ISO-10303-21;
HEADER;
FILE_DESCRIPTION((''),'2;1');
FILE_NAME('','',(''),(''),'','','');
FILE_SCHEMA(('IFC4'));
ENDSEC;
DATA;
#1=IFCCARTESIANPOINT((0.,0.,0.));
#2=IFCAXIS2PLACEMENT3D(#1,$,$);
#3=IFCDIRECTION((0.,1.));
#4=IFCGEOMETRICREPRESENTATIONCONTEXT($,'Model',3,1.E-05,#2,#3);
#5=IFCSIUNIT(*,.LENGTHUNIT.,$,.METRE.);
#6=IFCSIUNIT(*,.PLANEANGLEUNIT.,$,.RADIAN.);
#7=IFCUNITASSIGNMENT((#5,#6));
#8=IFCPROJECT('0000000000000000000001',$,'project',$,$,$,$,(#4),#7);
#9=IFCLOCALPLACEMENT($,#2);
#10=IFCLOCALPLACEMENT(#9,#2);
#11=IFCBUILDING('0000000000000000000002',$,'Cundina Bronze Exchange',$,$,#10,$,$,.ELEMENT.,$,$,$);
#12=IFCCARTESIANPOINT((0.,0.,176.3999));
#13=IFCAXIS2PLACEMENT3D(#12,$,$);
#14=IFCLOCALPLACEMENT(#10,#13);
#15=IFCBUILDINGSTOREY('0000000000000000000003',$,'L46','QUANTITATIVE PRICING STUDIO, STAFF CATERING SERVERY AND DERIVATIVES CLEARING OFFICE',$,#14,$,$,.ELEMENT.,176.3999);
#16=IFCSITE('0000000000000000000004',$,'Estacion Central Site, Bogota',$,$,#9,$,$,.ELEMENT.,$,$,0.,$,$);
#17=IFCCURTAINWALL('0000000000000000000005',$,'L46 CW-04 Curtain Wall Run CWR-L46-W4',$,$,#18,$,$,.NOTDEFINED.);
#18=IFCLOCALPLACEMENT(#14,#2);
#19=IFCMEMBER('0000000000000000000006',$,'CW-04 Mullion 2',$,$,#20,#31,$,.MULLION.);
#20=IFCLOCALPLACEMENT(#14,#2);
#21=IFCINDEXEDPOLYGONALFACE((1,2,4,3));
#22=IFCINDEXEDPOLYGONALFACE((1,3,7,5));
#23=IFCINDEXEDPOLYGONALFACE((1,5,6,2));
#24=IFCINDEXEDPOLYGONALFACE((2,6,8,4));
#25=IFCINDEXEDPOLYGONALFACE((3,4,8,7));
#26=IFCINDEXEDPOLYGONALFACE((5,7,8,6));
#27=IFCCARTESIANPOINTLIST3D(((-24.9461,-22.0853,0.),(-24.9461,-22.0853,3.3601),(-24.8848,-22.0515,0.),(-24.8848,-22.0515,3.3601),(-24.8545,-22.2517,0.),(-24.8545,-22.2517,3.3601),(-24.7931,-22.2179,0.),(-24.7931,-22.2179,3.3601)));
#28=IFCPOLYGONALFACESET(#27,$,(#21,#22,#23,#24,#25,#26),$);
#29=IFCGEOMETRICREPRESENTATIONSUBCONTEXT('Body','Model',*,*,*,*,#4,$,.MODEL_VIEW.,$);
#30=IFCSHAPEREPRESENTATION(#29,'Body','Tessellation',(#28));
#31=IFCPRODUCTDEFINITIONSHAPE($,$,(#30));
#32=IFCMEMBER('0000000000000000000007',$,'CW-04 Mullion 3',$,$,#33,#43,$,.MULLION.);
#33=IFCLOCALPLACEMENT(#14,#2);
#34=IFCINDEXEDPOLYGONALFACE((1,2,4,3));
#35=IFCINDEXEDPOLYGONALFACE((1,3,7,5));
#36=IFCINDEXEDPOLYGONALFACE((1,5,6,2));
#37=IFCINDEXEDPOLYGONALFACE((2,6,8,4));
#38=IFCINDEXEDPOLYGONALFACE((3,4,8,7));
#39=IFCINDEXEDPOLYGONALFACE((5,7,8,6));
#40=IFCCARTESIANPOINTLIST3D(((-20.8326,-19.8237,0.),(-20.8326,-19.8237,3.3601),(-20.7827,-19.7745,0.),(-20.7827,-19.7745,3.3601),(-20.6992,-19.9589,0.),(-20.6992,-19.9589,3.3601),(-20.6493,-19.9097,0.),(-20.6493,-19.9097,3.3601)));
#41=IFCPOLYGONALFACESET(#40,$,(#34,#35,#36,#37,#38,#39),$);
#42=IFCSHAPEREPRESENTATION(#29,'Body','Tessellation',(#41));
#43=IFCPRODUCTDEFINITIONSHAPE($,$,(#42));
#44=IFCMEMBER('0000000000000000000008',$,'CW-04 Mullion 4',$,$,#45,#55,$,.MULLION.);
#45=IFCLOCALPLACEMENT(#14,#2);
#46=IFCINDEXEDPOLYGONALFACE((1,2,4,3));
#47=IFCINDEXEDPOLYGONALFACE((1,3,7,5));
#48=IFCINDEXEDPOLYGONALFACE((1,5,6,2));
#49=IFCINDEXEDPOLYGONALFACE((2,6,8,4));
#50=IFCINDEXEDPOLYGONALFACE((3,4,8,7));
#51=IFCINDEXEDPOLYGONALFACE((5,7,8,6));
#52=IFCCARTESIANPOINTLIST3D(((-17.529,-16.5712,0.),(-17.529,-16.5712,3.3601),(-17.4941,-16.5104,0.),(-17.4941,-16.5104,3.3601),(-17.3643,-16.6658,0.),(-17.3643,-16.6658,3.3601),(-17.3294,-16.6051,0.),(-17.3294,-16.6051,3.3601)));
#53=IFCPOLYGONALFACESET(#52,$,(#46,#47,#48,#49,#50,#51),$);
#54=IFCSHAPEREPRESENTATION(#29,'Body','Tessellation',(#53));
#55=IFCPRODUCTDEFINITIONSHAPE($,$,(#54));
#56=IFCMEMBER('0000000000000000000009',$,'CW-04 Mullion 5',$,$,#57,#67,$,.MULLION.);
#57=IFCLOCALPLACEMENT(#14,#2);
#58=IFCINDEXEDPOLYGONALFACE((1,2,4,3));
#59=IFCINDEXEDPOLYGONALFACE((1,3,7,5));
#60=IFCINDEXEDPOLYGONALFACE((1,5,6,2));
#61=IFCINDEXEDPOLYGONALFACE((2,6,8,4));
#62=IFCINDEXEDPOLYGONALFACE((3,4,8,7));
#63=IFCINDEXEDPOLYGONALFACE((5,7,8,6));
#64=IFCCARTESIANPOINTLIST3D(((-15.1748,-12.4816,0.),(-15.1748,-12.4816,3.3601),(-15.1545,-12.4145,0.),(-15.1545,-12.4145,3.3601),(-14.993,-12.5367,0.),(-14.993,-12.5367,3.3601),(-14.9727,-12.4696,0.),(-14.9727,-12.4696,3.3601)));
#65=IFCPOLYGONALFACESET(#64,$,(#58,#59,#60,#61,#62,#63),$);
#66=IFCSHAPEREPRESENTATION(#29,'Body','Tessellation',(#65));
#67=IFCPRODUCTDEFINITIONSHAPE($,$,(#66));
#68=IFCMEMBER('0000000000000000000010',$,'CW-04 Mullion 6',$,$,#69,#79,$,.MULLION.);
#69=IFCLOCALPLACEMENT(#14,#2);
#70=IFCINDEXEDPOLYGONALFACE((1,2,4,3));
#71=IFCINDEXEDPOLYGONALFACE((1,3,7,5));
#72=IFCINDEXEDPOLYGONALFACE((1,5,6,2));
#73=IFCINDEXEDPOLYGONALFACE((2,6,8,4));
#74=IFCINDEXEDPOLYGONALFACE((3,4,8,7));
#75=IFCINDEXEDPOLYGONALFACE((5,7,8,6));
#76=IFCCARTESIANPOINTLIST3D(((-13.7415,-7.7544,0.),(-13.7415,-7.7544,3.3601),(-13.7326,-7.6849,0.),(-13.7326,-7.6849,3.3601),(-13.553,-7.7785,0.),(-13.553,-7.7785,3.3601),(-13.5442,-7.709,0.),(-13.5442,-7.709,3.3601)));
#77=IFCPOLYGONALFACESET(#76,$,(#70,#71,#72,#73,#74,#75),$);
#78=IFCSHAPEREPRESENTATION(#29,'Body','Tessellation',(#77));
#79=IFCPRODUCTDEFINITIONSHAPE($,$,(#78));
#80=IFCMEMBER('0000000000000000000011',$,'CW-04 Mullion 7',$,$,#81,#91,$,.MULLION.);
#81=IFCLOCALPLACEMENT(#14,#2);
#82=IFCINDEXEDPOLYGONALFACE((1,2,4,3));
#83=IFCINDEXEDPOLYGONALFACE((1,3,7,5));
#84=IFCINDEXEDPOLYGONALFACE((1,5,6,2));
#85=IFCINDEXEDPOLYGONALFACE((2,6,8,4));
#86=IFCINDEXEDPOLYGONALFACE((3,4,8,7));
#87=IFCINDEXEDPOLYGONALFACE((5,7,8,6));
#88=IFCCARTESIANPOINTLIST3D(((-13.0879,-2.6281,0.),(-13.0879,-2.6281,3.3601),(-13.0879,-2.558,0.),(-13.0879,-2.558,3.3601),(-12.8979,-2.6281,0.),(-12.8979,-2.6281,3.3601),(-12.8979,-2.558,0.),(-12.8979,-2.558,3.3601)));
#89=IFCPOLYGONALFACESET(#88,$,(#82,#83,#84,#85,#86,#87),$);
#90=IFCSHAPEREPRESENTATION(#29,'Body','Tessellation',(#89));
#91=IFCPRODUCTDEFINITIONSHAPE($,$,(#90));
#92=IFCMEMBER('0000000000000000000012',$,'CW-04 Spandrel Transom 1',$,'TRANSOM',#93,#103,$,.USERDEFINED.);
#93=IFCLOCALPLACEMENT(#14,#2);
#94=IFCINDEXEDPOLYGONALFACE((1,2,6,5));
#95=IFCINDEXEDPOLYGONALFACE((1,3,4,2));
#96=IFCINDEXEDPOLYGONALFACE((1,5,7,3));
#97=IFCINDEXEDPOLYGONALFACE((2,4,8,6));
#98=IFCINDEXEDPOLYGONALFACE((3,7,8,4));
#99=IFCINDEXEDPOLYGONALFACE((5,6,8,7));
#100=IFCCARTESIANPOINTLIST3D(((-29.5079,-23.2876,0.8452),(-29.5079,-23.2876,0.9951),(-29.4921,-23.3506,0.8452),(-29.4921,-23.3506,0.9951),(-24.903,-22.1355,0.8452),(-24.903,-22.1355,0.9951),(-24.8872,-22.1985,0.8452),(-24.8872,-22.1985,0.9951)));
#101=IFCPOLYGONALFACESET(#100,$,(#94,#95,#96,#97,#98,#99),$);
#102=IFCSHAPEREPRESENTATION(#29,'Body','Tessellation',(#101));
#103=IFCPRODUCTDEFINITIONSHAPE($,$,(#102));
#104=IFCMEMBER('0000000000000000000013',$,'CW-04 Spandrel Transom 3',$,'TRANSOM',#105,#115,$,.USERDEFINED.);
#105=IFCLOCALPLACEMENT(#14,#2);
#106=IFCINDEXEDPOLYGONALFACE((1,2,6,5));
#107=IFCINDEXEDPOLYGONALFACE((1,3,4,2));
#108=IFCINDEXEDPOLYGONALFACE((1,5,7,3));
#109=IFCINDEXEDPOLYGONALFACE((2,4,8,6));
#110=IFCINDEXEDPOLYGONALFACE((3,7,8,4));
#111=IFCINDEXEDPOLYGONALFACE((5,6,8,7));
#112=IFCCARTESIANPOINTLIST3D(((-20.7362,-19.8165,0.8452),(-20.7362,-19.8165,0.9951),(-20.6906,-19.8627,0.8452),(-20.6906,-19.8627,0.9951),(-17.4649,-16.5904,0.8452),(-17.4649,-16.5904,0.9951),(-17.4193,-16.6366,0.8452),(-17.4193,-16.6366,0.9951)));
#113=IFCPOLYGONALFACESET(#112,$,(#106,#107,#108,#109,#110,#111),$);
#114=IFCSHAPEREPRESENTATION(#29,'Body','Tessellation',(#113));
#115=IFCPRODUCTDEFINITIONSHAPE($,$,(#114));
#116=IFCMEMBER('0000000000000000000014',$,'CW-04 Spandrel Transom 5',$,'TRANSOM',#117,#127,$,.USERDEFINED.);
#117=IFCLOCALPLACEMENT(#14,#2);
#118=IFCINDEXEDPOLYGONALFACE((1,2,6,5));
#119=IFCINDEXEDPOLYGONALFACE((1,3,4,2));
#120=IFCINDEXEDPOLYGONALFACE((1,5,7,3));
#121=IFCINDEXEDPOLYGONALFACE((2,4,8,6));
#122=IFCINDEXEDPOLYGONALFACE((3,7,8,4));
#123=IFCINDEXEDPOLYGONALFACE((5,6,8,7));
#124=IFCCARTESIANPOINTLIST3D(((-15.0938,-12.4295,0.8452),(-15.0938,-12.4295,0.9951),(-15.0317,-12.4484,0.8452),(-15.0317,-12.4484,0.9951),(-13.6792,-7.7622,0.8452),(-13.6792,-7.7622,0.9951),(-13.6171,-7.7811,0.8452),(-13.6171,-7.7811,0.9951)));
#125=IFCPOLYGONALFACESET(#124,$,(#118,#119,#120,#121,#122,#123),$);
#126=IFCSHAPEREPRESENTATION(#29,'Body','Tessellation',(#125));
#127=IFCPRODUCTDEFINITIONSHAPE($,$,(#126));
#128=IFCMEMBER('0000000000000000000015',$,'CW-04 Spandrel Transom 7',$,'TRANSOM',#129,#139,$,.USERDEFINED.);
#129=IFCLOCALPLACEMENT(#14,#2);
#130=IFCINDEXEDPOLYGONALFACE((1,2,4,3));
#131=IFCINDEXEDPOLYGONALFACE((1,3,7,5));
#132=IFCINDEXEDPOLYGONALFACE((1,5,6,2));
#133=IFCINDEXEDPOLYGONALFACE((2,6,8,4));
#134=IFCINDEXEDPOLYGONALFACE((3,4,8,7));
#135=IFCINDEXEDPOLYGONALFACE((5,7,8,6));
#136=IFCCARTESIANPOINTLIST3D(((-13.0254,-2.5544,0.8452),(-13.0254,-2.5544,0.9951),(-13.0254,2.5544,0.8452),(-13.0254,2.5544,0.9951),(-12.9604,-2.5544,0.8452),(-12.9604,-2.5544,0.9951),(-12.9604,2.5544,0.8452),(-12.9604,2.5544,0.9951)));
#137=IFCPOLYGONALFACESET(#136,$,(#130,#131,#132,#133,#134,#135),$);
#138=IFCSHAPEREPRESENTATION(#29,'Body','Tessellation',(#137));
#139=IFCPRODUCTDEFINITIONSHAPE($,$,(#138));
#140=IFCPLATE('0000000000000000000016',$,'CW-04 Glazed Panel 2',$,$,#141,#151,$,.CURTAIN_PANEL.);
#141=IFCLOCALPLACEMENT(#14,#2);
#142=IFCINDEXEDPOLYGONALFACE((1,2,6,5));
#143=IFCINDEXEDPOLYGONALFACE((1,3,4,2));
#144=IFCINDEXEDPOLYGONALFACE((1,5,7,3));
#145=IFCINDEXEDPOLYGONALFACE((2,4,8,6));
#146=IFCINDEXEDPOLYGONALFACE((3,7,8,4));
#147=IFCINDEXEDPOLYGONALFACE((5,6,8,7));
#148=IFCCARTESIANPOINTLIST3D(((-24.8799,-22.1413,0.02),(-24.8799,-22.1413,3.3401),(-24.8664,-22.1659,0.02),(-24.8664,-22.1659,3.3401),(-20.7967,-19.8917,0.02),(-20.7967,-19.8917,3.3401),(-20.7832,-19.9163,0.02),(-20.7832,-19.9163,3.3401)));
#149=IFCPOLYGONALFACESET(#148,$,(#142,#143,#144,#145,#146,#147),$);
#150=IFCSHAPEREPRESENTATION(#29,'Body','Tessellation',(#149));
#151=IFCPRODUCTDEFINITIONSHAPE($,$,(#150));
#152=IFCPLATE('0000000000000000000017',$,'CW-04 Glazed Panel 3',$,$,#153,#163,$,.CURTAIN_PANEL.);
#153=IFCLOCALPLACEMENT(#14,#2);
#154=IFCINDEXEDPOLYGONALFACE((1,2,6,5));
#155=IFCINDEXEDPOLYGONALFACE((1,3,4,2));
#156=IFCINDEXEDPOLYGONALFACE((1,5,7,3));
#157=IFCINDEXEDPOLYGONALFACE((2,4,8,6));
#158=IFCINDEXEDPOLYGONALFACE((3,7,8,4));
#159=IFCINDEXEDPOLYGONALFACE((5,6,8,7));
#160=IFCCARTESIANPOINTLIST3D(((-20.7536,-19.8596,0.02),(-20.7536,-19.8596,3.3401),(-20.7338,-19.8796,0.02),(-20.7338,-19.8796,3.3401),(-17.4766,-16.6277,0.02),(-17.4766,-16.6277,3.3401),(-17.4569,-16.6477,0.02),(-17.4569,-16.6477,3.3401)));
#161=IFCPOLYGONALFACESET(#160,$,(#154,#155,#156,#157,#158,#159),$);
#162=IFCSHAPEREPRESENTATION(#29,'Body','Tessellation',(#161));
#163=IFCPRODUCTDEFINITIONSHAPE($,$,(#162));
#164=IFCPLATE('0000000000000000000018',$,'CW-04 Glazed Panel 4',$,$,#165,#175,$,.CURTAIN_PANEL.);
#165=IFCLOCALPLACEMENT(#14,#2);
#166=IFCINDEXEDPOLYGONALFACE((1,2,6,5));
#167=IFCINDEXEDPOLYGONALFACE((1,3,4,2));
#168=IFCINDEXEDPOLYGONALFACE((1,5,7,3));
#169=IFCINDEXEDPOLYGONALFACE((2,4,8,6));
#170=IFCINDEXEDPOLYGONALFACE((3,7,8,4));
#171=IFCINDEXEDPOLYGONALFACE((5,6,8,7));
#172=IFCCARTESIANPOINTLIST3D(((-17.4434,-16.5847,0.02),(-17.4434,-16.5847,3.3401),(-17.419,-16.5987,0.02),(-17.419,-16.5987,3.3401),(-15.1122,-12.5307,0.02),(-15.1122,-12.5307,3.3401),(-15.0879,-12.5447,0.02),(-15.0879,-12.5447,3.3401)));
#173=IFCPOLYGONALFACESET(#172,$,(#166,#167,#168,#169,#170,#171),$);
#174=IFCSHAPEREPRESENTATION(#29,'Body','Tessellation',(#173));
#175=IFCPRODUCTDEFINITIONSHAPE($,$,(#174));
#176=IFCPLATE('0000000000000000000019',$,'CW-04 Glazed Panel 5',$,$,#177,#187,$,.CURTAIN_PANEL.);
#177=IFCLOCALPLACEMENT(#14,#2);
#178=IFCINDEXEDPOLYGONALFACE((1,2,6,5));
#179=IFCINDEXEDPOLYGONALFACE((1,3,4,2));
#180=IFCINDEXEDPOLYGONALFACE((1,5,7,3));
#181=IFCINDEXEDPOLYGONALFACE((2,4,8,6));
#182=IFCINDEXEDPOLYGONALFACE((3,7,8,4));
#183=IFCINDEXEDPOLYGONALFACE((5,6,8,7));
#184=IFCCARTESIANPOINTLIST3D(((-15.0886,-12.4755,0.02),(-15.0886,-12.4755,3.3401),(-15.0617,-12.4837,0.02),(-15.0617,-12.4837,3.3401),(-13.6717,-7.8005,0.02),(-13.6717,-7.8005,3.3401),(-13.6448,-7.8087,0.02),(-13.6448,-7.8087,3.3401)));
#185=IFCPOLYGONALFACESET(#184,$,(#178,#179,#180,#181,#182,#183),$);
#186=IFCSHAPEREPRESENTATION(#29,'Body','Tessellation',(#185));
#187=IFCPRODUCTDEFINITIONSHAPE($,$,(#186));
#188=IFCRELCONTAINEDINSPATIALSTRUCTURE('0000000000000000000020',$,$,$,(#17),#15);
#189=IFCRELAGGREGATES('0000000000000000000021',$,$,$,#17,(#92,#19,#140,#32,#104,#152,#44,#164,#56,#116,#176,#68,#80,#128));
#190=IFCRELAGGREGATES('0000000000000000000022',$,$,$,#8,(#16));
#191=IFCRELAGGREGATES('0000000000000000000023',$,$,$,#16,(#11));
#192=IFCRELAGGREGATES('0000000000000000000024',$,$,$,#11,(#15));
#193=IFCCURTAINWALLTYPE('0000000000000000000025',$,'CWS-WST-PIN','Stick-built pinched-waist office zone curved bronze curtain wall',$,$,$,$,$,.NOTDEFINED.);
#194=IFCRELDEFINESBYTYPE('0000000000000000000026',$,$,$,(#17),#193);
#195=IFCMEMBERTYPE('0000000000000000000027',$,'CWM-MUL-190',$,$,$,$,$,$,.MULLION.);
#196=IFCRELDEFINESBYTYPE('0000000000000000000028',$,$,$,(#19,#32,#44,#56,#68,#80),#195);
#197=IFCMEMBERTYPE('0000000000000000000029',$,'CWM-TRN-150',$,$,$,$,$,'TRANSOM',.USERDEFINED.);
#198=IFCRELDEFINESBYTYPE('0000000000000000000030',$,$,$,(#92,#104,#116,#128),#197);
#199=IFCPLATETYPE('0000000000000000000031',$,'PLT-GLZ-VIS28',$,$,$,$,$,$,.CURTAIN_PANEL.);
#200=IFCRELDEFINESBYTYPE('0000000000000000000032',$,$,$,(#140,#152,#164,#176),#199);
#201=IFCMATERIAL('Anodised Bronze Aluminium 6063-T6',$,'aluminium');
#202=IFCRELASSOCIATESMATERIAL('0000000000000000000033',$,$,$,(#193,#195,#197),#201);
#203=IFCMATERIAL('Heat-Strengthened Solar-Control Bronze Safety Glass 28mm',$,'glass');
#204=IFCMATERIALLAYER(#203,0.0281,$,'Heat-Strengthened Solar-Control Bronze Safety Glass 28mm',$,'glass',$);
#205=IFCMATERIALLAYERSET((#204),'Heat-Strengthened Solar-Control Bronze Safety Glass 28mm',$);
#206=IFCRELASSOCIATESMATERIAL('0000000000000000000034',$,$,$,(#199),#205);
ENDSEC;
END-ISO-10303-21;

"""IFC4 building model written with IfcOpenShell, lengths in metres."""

from ifc_helpers import new_model, si_unit, direction, frame, origin, origin_2d, place, context, subcontext, project, spatial, rectangle, extrude, material, layer, layer_set, material_profile, profile_set, type_object, element, aggregate, save


model = new_model("IFC4")

# Units and contexts
model_context = context("Model", 3, precision=1e-05, world=origin(), true_north=direction((0.0, 1.0)))
body_context = subcontext(model_context, "Body", "Model", "MODEL_VIEW")
ifc_project = project(units=[si_unit("LENGTHUNIT", "METRE"), si_unit("PLANEANGLEUNIT", "RADIAN")], contexts=[model_context])

# Site, building, storey
site_placement = place(None, origin())
site = spatial("IfcSite", under=ifc_project, at=site_placement, Name="Estacion Central Site, Bogota", CompositionType="ELEMENT", RefElevation=0.0)
building_placement = place(site_placement, origin())
building = spatial("IfcBuilding", under=site, at=building_placement, Name="Cundina Bronze Exchange", CompositionType="ELEMENT")
storey_placement = place(building_placement, frame((0.0, 0.0, 176.3999)))
storey = spatial("IfcBuildingStorey", under=building, at=storey_placement, Name="L46", Description="QUANTITATIVE PRICING STUDIO, STAFF CATERING SERVERY AND DERIVATIVES CLEARING OFFICE", CompositionType="ELEMENT", Elevation=176.3999)

# Curtain wall, members, plates
ifc_material_1 = material(Name="Anodised Bronze Aluminium 6063-T6", Category="aluminium")
curtain_wall_type = type_object("IfcCurtainWallType", Name="CWS-WST-PIN", Description="Stick-built pinched-waist office zone curved bronze curtain wall", PredefinedType="NOTDEFINED", material=ifc_material_1)
curtain_wall_placement = place(storey_placement, origin())
curtain_wall = element("IfcCurtainWall", 1, at=curtain_wall_placement, inside=storey, type_object=curtain_wall_type, Name="L46 CW-04 Curtain Wall Run CWR-L46-W4", PredefinedType="NOTDEFINED")
ifc_material_profile_1 = material_profile(ifc_material_1, rectangle(XDim=0.0701, YDim=0.1899, at=origin_2d()), Name="AL70X190", Category="aluminium")
ifc_profile_set_1 = profile_set([ifc_material_profile_1], Name="Anodised Bronze Aluminium 6063-T6")
member_type_1 = type_object("IfcMemberType", Name="CWM-MUL-190", PredefinedType="MULLION", material=ifc_profile_set_1)
member_1_placement = place(storey_placement, frame((-24.8696, -22.1516, 0.0), z_axis=(0.0, 0.0, 1.0), x_axis=(0.875886, 0.482518, 0.0)))
member_1 = element("IfcMember", 2, at=member_1_placement, type_object=member_type_1, Name="CW-04 Mullion 2", PredefinedType="MULLION", context=body_context, shape_type="SweptSolid", body=[
    extrude(rectangle(XDim=0.0701, YDim=0.1899, at=origin_2d()), origin(), (0.0, 0.0, 1.0), 3.3601),
])
member_2_placement = place(storey_placement, frame((-20.741, -19.8667, 0.0), z_axis=(0.0, 0.0, 1.0), x_axis=(0.712026, 0.702153, 0.0)))
member_2 = element("IfcMember", 3, at=member_2_placement, type_object=member_type_1, Name="CW-04 Mullion 3", PredefinedType="MULLION", context=body_context, shape_type="SweptSolid", body=[
    extrude(rectangle(XDim=0.0701, YDim=0.1899, at=origin_2d()), origin(), (0.0, 0.0, 1.0), 3.3601),
])
member_3_placement = place(storey_placement, frame((-17.4292, -16.5881, 0.0), z_axis=(0.0, 0.0, 1.0), x_axis=(0.498488, 0.866897, 0.0)))
member_3 = element("IfcMember", 4, at=member_3_placement, type_object=member_type_1, Name="CW-04 Mullion 4", PredefinedType="MULLION", context=body_context, shape_type="SweptSolid", body=[
    extrude(rectangle(XDim=0.0701, YDim=0.1899, at=origin_2d()), origin(), (0.0, 0.0, 1.0), 3.3601),
])
member_4_placement = place(storey_placement, frame((-15.0737, -12.4756, 0.0), z_axis=(0.0, 0.0, 1.0), x_axis=(0.290034, 0.957016, 0.0)))
member_4 = element("IfcMember", 5, at=member_4_placement, type_object=member_type_1, Name="CW-04 Mullion 5", PredefinedType="MULLION", context=body_context, shape_type="SweptSolid", body=[
    extrude(rectangle(XDim=0.0701, YDim=0.1899, at=origin_2d()), origin(), (0.0, 0.0, 1.0), 3.3601),
])
member_5_placement = place(storey_placement, frame((-13.6428, -7.7317, 0.0), z_axis=(0.0, 0.0, 1.0), x_axis=(0.126545, 0.991961, 0.0)))
member_5 = element("IfcMember", 6, at=member_5_placement, type_object=member_type_1, Name="CW-04 Mullion 6", PredefinedType="MULLION", context=body_context, shape_type="SweptSolid", body=[
    extrude(rectangle(XDim=0.0701, YDim=0.1899, at=origin_2d()), origin(), (0.0, 0.0, 1.0), 3.3601),
])
member_6_placement = place(storey_placement, frame((-12.9929, -2.593, 0.0), z_axis=(0.0, 0.0, 1.0), x_axis=(0.0, 1.0, 0.0)))
member_6 = element("IfcMember", 7, at=member_6_placement, type_object=member_type_1, Name="CW-04 Mullion 7", PredefinedType="MULLION", context=body_context, shape_type="SweptSolid", body=[
    extrude(rectangle(XDim=0.0701, YDim=0.1899, at=origin_2d()), origin(), (0.0, 0.0, 1.0), 3.3601),
])
ifc_material_profile_2 = material_profile(ifc_material_1, rectangle(XDim=0.0649, YDim=0.1499, at=origin_2d()), Name="AL65X150", Category="aluminium")
ifc_profile_set_2 = profile_set([ifc_material_profile_2], Name="Anodised Bronze Aluminium 6063-T6")
member_type_2 = type_object("IfcMemberType", Name="CWM-TRN-150", ElementType="TRANSOM", PredefinedType="USERDEFINED", material=ifc_profile_set_2)
member_7_placement = place(storey_placement, frame((-29.5, -23.3191, 0.9202), z_axis=(0.9701, 0.242705, 0.0), x_axis=(-0.242705, 0.9701, 0.0)))
member_7 = element("IfcMember", 8, at=member_7_placement, type_object=member_type_2, Name="CW-04 Spandrel Transom 1", ObjectType="TRANSOM", PredefinedType="USERDEFINED", context=body_context, shape_type="SweptSolid", body=[
    extrude(rectangle(XDim=0.0649, YDim=0.1499, at=origin_2d()), origin(), (0.0, 0.0, 1.0), 4.7468),
])
member_8_placement = place(storey_placement, frame((-20.7134, -19.8396, 0.9202), z_axis=(0.712005, 0.702174, 0.0), x_axis=(-0.702174, 0.712005, 0.0)))
member_8 = element("IfcMember", 9, at=member_8_placement, type_object=member_type_2, Name="CW-04 Spandrel Transom 3", ObjectType="TRANSOM", PredefinedType="USERDEFINED", context=body_context, shape_type="SweptSolid", body=[
    extrude(rectangle(XDim=0.0649, YDim=0.1499, at=origin_2d()), origin(), (0.0, 0.0, 1.0), 4.5945),
])
member_9_placement = place(storey_placement, frame((-15.0627, -12.439, 0.9202), z_axis=(0.290052, 0.957011, 0.0), x_axis=(-0.957011, 0.290052, 0.0)))
member_9 = element("IfcMember", 10, at=member_9_placement, type_object=member_type_2, Name="CW-04 Spandrel Transom 5", ObjectType="TRANSOM", PredefinedType="USERDEFINED", context=body_context, shape_type="SweptSolid", body=[
    extrude(rectangle(XDim=0.0649, YDim=0.1499, at=origin_2d()), origin(), (0.0, 0.0, 1.0), 4.877),
])
member_10_placement = place(storey_placement, frame((-12.9929, -2.5544, 0.9202), z_axis=(0.0, 1.0, 0.0), x_axis=(-1.0, 0.0, 0.0)))
member_10 = element("IfcMember", 11, at=member_10_placement, type_object=member_type_2, Name="CW-04 Spandrel Transom 7", ObjectType="TRANSOM", PredefinedType="USERDEFINED", context=body_context, shape_type="SweptSolid", body=[
    extrude(rectangle(XDim=0.0649, YDim=0.1499, at=origin_2d()), origin(), (0.0, 0.0, 1.0), 5.1089),
])
ifc_material_2 = material(Name="Heat-Strengthened Solar-Control Bronze Safety Glass 28mm", Category="glass")
ifc_layer_1 = layer(ifc_material_2, 0.0281, Name="Heat-Strengthened Solar-Control Bronze Safety Glass 28mm", Category="glass")
ifc_layer_set_1 = layer_set([ifc_layer_1], Name="Heat-Strengthened Solar-Control Bronze Safety Glass 28mm")
plate_type_1 = type_object("IfcPlateType", Name="PLT-GLZ-VIS28", PredefinedType="CURTAIN_PANEL", material=ifc_layer_set_1)
plate_1_placement = place(storey_placement, frame((-22.8315, -21.0288, 0.02), z_axis=(0.0, 0.0, 1.0), x_axis=(0.875869, 0.482549, 0.0)))
plate_1 = element("IfcPlate", 12, at=plate_1_placement, type_object=plate_type_1, Name="CW-04 Glazed Panel 2", PredefinedType="CURTAIN_PANEL", context=body_context, shape_type="SweptSolid", body=[
    extrude(rectangle(XDim=4.6619, YDim=0.0281, at=origin_2d()), origin(), (0.0, 0.0, 1.0), 3.3201),
])
plate_2_placement = place(storey_placement, frame((-19.1052, -18.2537, 0.02), z_axis=(0.0, 0.0, 1.0), x_axis=(0.711989, 0.70219, 0.0)))
plate_2 = element("IfcPlate", 13, at=plate_2_placement, type_object=plate_type_1, Name="CW-04 Glazed Panel 3", PredefinedType="CURTAIN_PANEL", context=body_context, shape_type="SweptSolid", body=[
    extrude(rectangle(XDim=4.6025, YDim=0.0281, at=origin_2d()), origin(), (0.0, 0.0, 1.0), 3.3201),
])
plate_3_placement = place(storey_placement, frame((-16.2656, -14.5647, 0.02), z_axis=(0.0, 0.0, 1.0), x_axis=(0.498488, 0.866897, 0.0)))
plate_3 = element("IfcPlate", 14, at=plate_3_placement, type_object=plate_type_1, Name="CW-04 Glazed Panel 4", PredefinedType="CURTAIN_PANEL", context=body_context, shape_type="SweptSolid", body=[
    extrude(rectangle(XDim=4.6765, YDim=0.0281, at=origin_2d()), origin(), (0.0, 0.0, 1.0), 3.3201),
])
plate_4_placement = place(storey_placement, frame((-14.3667, -10.1421, 0.02), z_axis=(0.0, 0.0, 1.0), x_axis=(0.290051, 0.957011, 0.0)))
plate_4 = element("IfcPlate", 15, at=plate_4_placement, type_object=plate_type_1, Name="CW-04 Glazed Panel 5", PredefinedType="CURTAIN_PANEL", context=body_context, shape_type="SweptSolid", body=[
    extrude(rectangle(XDim=4.885, YDim=0.0281, at=origin_2d()), origin(), (0.0, 0.0, 1.0), 3.3201),
])
aggregate(curtain_wall, [member_7, member_1, plate_1, member_2, member_8, plate_2, member_3, plate_3, member_4, member_9, plate_4, member_5, member_6, member_10])

save(model, "model.ifc")
